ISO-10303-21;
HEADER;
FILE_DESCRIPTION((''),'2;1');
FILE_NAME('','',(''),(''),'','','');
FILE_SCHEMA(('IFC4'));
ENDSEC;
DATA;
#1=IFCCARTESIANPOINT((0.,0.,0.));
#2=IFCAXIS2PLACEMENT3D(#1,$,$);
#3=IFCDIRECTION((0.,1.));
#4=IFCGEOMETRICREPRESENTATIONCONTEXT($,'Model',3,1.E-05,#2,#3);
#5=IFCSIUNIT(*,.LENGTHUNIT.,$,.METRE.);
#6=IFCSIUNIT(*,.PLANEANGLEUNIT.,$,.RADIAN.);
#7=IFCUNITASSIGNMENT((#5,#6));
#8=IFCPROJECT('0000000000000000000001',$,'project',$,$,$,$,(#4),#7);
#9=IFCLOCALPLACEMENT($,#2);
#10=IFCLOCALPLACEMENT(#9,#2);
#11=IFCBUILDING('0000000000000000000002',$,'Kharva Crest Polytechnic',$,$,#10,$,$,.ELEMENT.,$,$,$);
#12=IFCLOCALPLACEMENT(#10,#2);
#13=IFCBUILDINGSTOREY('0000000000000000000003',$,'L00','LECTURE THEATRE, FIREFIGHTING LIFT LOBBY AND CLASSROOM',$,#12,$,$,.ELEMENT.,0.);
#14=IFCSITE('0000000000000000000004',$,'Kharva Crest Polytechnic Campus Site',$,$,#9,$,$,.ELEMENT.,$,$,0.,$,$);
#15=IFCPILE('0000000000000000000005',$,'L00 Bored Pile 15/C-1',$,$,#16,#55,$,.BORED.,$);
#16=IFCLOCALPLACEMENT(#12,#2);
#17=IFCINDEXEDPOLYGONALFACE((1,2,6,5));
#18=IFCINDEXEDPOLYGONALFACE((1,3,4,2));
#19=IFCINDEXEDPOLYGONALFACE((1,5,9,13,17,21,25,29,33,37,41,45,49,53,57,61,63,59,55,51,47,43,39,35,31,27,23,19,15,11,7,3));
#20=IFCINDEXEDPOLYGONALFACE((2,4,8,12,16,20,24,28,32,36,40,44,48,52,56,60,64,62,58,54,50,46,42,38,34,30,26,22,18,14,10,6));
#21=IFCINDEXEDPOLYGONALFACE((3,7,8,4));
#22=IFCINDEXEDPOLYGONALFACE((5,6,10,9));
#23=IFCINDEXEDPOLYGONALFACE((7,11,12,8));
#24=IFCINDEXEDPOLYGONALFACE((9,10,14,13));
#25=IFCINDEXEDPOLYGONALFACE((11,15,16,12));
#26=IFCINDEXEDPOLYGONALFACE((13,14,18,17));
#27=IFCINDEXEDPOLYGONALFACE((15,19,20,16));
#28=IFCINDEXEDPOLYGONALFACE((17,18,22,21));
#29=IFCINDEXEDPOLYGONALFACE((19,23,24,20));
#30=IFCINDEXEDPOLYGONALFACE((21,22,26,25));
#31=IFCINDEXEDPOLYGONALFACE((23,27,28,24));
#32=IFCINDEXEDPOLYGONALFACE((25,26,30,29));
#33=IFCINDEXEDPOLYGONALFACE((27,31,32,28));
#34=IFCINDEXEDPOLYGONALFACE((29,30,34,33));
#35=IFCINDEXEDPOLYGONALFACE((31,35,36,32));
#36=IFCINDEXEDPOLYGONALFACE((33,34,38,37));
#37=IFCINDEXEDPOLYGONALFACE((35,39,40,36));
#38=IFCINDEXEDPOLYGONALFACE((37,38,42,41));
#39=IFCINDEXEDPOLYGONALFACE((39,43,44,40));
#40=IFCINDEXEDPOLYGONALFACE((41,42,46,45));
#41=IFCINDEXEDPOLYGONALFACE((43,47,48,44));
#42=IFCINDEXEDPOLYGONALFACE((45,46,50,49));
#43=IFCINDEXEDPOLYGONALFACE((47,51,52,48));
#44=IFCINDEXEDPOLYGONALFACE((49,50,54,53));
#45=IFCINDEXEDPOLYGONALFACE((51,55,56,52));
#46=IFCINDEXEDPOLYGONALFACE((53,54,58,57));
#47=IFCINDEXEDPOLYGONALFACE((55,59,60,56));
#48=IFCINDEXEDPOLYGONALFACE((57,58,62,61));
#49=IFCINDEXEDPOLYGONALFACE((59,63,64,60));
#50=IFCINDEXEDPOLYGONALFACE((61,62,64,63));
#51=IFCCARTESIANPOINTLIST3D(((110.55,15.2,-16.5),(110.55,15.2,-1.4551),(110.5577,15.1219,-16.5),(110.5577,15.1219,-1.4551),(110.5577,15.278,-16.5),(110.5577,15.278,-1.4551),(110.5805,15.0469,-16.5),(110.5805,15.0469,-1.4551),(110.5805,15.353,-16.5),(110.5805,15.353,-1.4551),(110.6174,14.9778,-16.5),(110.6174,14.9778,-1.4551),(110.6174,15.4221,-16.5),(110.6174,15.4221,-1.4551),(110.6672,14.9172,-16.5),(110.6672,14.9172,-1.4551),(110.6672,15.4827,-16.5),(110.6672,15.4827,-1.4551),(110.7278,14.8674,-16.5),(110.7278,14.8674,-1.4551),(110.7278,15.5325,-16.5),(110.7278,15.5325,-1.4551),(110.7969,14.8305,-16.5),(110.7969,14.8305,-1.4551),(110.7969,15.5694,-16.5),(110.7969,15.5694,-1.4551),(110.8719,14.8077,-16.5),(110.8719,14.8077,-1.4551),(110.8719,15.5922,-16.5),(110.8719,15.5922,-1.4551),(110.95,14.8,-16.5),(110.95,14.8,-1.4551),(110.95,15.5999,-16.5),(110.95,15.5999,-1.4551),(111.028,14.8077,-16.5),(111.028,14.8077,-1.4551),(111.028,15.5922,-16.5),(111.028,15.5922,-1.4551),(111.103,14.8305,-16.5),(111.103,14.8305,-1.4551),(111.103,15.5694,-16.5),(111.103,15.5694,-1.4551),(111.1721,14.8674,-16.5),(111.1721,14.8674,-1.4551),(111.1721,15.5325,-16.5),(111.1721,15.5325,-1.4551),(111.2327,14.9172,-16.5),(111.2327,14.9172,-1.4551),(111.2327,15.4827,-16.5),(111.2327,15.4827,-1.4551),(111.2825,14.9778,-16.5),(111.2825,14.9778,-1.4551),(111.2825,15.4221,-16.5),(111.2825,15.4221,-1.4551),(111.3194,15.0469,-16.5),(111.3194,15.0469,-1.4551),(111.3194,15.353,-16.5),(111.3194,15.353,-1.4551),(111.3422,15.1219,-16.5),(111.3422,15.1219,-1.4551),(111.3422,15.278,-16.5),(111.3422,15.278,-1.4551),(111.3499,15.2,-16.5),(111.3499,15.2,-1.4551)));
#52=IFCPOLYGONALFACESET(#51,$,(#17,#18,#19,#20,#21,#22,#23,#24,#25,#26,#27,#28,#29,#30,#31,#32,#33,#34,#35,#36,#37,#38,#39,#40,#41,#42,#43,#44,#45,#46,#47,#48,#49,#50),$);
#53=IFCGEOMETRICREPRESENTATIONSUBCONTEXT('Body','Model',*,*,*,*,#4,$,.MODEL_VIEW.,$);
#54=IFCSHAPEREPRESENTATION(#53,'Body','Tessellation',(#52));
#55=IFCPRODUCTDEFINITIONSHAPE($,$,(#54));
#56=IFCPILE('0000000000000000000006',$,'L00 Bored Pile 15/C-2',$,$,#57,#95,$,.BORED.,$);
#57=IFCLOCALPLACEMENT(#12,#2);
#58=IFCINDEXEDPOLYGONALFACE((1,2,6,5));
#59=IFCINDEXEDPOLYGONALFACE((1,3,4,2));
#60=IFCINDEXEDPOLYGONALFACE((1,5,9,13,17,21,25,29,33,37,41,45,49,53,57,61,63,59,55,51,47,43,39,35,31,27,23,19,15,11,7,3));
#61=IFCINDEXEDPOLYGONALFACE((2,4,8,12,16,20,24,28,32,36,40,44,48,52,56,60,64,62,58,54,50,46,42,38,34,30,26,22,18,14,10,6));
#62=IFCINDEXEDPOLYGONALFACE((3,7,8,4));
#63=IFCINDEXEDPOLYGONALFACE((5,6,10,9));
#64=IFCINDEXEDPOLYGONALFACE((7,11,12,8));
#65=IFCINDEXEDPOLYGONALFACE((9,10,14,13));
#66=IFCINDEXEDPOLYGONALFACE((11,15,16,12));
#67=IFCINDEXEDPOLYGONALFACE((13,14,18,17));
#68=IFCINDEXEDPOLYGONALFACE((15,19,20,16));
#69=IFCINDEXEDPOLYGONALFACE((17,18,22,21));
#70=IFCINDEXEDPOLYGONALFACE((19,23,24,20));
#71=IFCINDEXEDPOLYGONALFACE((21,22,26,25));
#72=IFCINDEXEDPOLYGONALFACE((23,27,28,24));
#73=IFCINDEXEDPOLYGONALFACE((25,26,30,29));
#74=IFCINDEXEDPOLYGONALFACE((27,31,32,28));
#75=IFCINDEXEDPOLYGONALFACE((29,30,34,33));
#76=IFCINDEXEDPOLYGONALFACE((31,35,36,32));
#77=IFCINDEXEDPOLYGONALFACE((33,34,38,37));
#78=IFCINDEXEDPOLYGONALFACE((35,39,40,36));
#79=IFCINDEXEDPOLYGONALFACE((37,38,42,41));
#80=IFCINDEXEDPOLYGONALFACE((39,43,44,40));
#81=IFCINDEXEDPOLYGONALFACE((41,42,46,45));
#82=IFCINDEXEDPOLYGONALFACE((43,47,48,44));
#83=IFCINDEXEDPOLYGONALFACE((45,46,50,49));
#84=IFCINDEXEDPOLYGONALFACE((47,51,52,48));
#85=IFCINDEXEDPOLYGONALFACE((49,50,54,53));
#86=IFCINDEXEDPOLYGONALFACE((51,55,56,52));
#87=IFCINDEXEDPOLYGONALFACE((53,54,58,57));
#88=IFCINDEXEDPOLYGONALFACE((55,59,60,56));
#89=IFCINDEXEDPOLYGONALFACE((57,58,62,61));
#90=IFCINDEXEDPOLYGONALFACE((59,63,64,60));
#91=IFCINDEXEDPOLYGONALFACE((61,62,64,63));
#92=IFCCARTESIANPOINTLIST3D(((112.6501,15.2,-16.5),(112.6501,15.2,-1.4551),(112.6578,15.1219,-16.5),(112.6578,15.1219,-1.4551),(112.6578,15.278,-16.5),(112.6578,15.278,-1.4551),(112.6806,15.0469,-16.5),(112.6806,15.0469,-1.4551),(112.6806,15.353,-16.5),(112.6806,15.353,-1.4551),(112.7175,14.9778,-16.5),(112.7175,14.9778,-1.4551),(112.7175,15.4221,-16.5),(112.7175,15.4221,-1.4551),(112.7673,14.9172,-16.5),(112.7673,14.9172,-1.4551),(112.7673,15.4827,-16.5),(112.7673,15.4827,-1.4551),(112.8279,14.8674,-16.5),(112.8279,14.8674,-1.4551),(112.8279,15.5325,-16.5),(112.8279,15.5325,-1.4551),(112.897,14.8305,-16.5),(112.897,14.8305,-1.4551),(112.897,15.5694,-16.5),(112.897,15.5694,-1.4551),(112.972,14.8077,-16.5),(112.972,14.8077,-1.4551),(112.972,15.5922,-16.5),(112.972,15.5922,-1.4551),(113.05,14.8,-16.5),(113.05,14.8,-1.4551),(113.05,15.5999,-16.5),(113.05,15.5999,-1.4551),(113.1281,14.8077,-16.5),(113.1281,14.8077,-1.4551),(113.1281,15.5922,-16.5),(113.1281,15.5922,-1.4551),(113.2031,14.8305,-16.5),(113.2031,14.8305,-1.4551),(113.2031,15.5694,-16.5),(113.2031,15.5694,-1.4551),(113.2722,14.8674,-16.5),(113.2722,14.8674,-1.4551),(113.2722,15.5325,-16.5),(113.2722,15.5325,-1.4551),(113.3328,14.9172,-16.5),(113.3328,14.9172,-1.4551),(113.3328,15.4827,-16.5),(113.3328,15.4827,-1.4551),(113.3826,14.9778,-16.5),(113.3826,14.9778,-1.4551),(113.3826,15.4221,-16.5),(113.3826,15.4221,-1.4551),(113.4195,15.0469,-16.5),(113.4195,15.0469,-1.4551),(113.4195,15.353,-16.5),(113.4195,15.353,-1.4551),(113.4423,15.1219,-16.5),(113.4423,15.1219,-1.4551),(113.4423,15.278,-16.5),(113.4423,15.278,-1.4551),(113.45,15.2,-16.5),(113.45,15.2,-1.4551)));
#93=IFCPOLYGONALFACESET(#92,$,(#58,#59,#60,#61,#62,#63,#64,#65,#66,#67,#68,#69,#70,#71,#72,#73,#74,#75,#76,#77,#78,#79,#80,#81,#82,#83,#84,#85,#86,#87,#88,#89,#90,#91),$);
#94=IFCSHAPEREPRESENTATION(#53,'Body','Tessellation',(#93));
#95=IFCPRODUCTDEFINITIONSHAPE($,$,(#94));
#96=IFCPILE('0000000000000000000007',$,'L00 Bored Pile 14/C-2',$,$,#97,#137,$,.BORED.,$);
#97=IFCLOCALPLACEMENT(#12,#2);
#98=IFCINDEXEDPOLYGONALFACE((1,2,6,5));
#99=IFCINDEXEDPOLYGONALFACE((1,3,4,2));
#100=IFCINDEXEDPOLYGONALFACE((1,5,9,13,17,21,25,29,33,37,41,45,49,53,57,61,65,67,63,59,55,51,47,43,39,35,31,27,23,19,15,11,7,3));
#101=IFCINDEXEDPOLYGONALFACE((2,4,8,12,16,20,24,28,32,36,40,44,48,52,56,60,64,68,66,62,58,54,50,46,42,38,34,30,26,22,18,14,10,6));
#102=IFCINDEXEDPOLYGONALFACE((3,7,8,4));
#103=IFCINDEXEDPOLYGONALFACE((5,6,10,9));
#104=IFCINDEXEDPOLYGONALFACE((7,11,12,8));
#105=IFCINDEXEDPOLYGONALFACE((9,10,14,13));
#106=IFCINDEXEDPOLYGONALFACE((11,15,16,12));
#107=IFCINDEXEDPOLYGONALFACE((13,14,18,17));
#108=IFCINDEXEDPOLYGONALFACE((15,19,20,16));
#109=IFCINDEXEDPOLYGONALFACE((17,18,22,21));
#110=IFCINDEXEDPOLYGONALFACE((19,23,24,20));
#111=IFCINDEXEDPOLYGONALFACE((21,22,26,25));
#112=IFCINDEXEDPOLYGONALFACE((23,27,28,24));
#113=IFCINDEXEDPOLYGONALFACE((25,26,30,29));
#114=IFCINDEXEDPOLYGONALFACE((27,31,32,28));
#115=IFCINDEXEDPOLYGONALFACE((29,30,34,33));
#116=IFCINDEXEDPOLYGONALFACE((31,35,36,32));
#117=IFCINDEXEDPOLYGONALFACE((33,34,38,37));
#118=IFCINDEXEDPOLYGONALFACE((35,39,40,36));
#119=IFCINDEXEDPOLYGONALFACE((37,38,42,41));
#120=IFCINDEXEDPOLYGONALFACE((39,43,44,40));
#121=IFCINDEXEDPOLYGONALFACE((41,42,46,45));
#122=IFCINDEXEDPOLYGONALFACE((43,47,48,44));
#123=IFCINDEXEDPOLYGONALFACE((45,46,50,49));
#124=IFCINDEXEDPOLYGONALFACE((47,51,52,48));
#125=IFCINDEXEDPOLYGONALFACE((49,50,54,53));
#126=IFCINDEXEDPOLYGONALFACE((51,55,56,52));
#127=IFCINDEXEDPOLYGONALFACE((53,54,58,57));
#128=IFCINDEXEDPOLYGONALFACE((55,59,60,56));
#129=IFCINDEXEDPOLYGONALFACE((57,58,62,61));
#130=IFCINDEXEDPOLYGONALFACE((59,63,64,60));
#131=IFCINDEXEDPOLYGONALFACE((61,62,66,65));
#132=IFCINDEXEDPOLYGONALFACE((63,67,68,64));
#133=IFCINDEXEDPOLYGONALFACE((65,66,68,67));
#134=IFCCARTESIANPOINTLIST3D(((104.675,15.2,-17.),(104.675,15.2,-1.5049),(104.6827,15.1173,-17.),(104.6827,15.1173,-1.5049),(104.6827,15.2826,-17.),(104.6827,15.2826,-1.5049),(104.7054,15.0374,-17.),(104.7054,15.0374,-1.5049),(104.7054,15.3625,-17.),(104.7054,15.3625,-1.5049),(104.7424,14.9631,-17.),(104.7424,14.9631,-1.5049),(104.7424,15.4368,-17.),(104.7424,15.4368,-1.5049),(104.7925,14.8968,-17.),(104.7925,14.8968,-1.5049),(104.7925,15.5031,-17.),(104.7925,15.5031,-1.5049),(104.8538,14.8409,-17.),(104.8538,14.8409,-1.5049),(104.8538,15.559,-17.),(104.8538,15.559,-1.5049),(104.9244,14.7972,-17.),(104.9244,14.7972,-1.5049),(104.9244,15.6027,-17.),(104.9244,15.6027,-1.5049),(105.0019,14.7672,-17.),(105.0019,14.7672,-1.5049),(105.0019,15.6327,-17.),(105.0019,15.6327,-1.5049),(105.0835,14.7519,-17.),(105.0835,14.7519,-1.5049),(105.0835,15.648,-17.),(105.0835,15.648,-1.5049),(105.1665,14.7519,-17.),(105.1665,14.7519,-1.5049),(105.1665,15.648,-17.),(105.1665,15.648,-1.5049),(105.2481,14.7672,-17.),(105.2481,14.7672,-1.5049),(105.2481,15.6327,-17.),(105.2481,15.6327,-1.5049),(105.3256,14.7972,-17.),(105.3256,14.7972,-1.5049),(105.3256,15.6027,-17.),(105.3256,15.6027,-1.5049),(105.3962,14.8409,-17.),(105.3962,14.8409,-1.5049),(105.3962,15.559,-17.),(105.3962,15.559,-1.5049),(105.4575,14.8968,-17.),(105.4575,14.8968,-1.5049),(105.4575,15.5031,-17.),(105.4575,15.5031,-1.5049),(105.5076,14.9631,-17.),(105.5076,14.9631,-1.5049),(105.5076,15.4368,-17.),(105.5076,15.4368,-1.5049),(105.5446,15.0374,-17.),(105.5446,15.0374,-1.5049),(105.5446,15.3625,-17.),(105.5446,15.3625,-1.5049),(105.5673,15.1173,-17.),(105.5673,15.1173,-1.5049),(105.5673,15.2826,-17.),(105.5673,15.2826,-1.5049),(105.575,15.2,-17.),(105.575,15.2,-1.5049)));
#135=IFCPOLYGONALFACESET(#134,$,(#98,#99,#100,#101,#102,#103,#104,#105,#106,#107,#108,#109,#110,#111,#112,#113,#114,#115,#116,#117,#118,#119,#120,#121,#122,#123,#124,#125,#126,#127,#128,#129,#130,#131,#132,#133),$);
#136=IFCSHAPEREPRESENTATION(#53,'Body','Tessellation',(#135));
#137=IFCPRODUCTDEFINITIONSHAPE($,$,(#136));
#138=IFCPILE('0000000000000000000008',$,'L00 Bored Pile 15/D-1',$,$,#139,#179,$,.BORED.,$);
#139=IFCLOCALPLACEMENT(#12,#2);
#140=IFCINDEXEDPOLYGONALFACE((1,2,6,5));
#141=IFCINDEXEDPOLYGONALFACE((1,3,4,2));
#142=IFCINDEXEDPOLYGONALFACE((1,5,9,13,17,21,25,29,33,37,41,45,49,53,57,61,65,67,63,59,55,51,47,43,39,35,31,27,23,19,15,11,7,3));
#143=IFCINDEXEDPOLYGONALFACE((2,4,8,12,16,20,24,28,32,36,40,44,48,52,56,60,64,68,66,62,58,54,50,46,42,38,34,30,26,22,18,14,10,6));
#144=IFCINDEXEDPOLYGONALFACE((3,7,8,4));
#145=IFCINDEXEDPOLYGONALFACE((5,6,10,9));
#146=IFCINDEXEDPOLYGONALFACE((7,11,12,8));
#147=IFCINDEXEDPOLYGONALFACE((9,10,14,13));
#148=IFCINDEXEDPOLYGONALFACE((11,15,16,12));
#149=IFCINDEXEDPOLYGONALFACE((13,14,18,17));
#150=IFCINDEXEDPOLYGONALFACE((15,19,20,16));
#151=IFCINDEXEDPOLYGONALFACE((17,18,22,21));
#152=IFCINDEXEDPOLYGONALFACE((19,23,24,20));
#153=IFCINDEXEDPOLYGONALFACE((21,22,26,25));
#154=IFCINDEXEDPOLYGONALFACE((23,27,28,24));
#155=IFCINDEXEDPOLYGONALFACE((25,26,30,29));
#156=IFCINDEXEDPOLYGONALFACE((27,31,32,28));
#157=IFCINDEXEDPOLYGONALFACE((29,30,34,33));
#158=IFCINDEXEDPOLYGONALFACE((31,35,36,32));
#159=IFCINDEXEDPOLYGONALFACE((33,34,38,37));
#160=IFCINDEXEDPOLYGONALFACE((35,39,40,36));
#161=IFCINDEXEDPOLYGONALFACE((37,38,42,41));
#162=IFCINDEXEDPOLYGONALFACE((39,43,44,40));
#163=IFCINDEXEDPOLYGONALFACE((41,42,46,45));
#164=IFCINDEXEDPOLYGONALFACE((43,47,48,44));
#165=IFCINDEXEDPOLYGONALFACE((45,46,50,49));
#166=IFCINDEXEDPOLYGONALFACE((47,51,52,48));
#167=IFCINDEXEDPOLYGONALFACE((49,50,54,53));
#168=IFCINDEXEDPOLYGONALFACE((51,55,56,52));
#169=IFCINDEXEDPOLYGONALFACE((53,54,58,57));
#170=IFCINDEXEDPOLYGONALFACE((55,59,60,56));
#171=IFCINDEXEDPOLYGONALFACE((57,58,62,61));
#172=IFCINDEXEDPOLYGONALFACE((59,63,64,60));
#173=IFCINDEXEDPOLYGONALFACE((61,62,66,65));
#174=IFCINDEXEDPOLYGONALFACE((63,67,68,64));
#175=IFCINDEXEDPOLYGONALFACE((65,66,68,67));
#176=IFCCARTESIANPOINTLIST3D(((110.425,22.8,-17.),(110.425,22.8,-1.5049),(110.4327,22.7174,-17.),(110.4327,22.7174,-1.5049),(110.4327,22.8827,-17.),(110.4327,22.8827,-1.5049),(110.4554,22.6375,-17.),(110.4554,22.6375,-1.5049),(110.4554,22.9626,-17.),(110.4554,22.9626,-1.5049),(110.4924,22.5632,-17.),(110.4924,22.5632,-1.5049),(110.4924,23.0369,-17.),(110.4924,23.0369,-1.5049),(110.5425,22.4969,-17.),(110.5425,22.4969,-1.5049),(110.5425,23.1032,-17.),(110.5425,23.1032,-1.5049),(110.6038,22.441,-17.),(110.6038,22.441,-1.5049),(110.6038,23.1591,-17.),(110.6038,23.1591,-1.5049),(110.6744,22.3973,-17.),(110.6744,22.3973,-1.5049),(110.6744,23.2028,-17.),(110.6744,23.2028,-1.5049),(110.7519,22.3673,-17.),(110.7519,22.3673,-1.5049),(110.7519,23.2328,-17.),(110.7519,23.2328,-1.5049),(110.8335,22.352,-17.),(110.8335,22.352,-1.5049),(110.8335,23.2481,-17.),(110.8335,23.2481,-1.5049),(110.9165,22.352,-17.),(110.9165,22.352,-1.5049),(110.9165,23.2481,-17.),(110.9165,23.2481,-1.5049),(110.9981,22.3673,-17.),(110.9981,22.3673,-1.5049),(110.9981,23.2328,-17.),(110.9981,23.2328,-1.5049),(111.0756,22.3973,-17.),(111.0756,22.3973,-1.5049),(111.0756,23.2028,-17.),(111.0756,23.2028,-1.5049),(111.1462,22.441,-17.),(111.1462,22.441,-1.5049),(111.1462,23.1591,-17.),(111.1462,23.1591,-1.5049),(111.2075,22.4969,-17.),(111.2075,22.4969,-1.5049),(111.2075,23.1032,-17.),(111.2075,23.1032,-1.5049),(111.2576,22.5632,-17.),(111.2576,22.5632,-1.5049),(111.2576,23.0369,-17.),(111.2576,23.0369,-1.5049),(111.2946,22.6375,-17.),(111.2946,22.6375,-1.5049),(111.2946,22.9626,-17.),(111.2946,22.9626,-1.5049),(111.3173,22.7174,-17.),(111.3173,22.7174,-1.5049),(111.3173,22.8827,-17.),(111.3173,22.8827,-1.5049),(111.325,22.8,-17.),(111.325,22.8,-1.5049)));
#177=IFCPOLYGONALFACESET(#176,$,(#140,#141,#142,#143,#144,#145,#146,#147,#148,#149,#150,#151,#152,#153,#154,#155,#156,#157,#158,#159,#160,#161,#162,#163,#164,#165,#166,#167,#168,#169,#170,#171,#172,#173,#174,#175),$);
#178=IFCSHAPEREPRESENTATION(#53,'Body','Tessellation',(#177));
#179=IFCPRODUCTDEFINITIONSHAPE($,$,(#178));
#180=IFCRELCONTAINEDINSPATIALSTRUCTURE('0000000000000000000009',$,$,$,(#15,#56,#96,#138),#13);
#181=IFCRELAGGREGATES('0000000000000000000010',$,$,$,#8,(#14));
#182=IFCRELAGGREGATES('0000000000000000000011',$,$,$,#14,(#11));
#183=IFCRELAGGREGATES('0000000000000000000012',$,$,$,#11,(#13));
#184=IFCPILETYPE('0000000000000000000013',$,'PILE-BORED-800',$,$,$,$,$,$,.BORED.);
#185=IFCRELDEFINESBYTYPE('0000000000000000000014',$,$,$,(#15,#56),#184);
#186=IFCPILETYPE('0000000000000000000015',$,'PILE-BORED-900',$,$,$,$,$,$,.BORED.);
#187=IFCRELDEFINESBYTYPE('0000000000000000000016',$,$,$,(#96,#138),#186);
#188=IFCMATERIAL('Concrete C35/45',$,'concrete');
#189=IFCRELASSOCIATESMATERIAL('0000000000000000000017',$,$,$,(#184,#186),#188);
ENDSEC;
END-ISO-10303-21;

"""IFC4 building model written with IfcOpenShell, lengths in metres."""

from ifc_helpers import new_model, si_unit, direction, frame, origin, origin_2d, place, context, subcontext, project, spatial, circle, extrude, material, material_profile, profile_set, type_object, element, save


model = new_model("IFC4")

# Units and contexts
model_context = context("Model", 3, precision=1e-05, world=origin(), true_north=direction((0.0, 1.0)))
body_context = subcontext(model_context, "Body", "Model", "MODEL_VIEW")
ifc_project = project(units=[si_unit("LENGTHUNIT", "METRE"), si_unit("PLANEANGLEUNIT", "RADIAN")], contexts=[model_context])

# Site, building, storey
site_placement = place(None, origin())
site = spatial("IfcSite", under=ifc_project, at=site_placement, Name="Kharva Crest Polytechnic Campus Site", CompositionType="ELEMENT", RefElevation=0.0)
building_placement = place(site_placement, origin())
building = spatial("IfcBuilding", under=site, at=building_placement, Name="Kharva Crest Polytechnic", CompositionType="ELEMENT")
storey_placement = place(building_placement, origin())
storey = spatial("IfcBuildingStorey", under=building, at=storey_placement, Name="L00", Description="LECTURE THEATRE, FIREFIGHTING LIFT LOBBY AND CLASSROOM", CompositionType="ELEMENT", Elevation=0.0)

# Shared definitions
ifc_material_1 = material(Name="Concrete C35/45", Category="concrete")

# Piles
ifc_material_profile_1 = material_profile(ifc_material_1, circle(Radius=0.3999, at=origin_2d()), Name="DIA 800")
ifc_profile_set_1 = profile_set([ifc_material_profile_1], Name="Concrete C35/45")
pile_type_1 = type_object("IfcPileType", Name="PILE-BORED-800", PredefinedType="BORED", material=ifc_profile_set_1)
for number, where, z_axis, x_axis, name in (
    (1, (110.95, 15.2, -1.4551), (0.0, 0.0, -1.0), (1.0, 0.0, 0.0), "L00 Bored Pile 15/C-1"),
    (2, (113.05, 15.2, -1.4551), (0.0, 0.0, -1.0), (1.0, 0.0, 0.0), "L00 Bored Pile 15/C-2"),
):
    element("IfcPile", number, at=place(storey_placement, frame(where, z_axis=z_axis, x_axis=x_axis)), inside=storey, type_object=pile_type_1, Name=name, PredefinedType="BORED", context=body_context, shape_type="SweptSolid", body=[
        extrude(circle(Radius=0.3999, at=origin_2d()), origin(), (0.0, 0.0, 1.0), 15.0449),
    ])
ifc_material_profile_2 = material_profile(ifc_material_1, circle(Radius=0.45, at=origin_2d()), Name="DIA 900")
ifc_profile_set_2 = profile_set([ifc_material_profile_2], Name="Concrete C35/45")
pile_type_2 = type_object("IfcPileType", Name="PILE-BORED-900", PredefinedType="BORED", material=ifc_profile_set_2)
for number, where, z_axis, x_axis, name in (
    (3, (105.125, 15.2, -1.5049), (0.0, 0.0, -1.0), (1.0, 0.0, 0.0), "L00 Bored Pile 14/C-2"),
    (4, (110.875, 22.8, -1.5049), (0.0, 0.0, -1.0), (1.0, 0.0, 0.0), "L00 Bored Pile 15/D-1"),
):
    element("IfcPile", number, at=place(storey_placement, frame(where, z_axis=z_axis, x_axis=x_axis)), inside=storey, type_object=pile_type_2, Name=name, PredefinedType="BORED", context=body_context, shape_type="SweptSolid", body=[
        extrude(circle(Radius=0.45, at=origin_2d()), origin(), (0.0, 0.0, 1.0), 15.4951),
    ])

save(model, "model.ifc")
